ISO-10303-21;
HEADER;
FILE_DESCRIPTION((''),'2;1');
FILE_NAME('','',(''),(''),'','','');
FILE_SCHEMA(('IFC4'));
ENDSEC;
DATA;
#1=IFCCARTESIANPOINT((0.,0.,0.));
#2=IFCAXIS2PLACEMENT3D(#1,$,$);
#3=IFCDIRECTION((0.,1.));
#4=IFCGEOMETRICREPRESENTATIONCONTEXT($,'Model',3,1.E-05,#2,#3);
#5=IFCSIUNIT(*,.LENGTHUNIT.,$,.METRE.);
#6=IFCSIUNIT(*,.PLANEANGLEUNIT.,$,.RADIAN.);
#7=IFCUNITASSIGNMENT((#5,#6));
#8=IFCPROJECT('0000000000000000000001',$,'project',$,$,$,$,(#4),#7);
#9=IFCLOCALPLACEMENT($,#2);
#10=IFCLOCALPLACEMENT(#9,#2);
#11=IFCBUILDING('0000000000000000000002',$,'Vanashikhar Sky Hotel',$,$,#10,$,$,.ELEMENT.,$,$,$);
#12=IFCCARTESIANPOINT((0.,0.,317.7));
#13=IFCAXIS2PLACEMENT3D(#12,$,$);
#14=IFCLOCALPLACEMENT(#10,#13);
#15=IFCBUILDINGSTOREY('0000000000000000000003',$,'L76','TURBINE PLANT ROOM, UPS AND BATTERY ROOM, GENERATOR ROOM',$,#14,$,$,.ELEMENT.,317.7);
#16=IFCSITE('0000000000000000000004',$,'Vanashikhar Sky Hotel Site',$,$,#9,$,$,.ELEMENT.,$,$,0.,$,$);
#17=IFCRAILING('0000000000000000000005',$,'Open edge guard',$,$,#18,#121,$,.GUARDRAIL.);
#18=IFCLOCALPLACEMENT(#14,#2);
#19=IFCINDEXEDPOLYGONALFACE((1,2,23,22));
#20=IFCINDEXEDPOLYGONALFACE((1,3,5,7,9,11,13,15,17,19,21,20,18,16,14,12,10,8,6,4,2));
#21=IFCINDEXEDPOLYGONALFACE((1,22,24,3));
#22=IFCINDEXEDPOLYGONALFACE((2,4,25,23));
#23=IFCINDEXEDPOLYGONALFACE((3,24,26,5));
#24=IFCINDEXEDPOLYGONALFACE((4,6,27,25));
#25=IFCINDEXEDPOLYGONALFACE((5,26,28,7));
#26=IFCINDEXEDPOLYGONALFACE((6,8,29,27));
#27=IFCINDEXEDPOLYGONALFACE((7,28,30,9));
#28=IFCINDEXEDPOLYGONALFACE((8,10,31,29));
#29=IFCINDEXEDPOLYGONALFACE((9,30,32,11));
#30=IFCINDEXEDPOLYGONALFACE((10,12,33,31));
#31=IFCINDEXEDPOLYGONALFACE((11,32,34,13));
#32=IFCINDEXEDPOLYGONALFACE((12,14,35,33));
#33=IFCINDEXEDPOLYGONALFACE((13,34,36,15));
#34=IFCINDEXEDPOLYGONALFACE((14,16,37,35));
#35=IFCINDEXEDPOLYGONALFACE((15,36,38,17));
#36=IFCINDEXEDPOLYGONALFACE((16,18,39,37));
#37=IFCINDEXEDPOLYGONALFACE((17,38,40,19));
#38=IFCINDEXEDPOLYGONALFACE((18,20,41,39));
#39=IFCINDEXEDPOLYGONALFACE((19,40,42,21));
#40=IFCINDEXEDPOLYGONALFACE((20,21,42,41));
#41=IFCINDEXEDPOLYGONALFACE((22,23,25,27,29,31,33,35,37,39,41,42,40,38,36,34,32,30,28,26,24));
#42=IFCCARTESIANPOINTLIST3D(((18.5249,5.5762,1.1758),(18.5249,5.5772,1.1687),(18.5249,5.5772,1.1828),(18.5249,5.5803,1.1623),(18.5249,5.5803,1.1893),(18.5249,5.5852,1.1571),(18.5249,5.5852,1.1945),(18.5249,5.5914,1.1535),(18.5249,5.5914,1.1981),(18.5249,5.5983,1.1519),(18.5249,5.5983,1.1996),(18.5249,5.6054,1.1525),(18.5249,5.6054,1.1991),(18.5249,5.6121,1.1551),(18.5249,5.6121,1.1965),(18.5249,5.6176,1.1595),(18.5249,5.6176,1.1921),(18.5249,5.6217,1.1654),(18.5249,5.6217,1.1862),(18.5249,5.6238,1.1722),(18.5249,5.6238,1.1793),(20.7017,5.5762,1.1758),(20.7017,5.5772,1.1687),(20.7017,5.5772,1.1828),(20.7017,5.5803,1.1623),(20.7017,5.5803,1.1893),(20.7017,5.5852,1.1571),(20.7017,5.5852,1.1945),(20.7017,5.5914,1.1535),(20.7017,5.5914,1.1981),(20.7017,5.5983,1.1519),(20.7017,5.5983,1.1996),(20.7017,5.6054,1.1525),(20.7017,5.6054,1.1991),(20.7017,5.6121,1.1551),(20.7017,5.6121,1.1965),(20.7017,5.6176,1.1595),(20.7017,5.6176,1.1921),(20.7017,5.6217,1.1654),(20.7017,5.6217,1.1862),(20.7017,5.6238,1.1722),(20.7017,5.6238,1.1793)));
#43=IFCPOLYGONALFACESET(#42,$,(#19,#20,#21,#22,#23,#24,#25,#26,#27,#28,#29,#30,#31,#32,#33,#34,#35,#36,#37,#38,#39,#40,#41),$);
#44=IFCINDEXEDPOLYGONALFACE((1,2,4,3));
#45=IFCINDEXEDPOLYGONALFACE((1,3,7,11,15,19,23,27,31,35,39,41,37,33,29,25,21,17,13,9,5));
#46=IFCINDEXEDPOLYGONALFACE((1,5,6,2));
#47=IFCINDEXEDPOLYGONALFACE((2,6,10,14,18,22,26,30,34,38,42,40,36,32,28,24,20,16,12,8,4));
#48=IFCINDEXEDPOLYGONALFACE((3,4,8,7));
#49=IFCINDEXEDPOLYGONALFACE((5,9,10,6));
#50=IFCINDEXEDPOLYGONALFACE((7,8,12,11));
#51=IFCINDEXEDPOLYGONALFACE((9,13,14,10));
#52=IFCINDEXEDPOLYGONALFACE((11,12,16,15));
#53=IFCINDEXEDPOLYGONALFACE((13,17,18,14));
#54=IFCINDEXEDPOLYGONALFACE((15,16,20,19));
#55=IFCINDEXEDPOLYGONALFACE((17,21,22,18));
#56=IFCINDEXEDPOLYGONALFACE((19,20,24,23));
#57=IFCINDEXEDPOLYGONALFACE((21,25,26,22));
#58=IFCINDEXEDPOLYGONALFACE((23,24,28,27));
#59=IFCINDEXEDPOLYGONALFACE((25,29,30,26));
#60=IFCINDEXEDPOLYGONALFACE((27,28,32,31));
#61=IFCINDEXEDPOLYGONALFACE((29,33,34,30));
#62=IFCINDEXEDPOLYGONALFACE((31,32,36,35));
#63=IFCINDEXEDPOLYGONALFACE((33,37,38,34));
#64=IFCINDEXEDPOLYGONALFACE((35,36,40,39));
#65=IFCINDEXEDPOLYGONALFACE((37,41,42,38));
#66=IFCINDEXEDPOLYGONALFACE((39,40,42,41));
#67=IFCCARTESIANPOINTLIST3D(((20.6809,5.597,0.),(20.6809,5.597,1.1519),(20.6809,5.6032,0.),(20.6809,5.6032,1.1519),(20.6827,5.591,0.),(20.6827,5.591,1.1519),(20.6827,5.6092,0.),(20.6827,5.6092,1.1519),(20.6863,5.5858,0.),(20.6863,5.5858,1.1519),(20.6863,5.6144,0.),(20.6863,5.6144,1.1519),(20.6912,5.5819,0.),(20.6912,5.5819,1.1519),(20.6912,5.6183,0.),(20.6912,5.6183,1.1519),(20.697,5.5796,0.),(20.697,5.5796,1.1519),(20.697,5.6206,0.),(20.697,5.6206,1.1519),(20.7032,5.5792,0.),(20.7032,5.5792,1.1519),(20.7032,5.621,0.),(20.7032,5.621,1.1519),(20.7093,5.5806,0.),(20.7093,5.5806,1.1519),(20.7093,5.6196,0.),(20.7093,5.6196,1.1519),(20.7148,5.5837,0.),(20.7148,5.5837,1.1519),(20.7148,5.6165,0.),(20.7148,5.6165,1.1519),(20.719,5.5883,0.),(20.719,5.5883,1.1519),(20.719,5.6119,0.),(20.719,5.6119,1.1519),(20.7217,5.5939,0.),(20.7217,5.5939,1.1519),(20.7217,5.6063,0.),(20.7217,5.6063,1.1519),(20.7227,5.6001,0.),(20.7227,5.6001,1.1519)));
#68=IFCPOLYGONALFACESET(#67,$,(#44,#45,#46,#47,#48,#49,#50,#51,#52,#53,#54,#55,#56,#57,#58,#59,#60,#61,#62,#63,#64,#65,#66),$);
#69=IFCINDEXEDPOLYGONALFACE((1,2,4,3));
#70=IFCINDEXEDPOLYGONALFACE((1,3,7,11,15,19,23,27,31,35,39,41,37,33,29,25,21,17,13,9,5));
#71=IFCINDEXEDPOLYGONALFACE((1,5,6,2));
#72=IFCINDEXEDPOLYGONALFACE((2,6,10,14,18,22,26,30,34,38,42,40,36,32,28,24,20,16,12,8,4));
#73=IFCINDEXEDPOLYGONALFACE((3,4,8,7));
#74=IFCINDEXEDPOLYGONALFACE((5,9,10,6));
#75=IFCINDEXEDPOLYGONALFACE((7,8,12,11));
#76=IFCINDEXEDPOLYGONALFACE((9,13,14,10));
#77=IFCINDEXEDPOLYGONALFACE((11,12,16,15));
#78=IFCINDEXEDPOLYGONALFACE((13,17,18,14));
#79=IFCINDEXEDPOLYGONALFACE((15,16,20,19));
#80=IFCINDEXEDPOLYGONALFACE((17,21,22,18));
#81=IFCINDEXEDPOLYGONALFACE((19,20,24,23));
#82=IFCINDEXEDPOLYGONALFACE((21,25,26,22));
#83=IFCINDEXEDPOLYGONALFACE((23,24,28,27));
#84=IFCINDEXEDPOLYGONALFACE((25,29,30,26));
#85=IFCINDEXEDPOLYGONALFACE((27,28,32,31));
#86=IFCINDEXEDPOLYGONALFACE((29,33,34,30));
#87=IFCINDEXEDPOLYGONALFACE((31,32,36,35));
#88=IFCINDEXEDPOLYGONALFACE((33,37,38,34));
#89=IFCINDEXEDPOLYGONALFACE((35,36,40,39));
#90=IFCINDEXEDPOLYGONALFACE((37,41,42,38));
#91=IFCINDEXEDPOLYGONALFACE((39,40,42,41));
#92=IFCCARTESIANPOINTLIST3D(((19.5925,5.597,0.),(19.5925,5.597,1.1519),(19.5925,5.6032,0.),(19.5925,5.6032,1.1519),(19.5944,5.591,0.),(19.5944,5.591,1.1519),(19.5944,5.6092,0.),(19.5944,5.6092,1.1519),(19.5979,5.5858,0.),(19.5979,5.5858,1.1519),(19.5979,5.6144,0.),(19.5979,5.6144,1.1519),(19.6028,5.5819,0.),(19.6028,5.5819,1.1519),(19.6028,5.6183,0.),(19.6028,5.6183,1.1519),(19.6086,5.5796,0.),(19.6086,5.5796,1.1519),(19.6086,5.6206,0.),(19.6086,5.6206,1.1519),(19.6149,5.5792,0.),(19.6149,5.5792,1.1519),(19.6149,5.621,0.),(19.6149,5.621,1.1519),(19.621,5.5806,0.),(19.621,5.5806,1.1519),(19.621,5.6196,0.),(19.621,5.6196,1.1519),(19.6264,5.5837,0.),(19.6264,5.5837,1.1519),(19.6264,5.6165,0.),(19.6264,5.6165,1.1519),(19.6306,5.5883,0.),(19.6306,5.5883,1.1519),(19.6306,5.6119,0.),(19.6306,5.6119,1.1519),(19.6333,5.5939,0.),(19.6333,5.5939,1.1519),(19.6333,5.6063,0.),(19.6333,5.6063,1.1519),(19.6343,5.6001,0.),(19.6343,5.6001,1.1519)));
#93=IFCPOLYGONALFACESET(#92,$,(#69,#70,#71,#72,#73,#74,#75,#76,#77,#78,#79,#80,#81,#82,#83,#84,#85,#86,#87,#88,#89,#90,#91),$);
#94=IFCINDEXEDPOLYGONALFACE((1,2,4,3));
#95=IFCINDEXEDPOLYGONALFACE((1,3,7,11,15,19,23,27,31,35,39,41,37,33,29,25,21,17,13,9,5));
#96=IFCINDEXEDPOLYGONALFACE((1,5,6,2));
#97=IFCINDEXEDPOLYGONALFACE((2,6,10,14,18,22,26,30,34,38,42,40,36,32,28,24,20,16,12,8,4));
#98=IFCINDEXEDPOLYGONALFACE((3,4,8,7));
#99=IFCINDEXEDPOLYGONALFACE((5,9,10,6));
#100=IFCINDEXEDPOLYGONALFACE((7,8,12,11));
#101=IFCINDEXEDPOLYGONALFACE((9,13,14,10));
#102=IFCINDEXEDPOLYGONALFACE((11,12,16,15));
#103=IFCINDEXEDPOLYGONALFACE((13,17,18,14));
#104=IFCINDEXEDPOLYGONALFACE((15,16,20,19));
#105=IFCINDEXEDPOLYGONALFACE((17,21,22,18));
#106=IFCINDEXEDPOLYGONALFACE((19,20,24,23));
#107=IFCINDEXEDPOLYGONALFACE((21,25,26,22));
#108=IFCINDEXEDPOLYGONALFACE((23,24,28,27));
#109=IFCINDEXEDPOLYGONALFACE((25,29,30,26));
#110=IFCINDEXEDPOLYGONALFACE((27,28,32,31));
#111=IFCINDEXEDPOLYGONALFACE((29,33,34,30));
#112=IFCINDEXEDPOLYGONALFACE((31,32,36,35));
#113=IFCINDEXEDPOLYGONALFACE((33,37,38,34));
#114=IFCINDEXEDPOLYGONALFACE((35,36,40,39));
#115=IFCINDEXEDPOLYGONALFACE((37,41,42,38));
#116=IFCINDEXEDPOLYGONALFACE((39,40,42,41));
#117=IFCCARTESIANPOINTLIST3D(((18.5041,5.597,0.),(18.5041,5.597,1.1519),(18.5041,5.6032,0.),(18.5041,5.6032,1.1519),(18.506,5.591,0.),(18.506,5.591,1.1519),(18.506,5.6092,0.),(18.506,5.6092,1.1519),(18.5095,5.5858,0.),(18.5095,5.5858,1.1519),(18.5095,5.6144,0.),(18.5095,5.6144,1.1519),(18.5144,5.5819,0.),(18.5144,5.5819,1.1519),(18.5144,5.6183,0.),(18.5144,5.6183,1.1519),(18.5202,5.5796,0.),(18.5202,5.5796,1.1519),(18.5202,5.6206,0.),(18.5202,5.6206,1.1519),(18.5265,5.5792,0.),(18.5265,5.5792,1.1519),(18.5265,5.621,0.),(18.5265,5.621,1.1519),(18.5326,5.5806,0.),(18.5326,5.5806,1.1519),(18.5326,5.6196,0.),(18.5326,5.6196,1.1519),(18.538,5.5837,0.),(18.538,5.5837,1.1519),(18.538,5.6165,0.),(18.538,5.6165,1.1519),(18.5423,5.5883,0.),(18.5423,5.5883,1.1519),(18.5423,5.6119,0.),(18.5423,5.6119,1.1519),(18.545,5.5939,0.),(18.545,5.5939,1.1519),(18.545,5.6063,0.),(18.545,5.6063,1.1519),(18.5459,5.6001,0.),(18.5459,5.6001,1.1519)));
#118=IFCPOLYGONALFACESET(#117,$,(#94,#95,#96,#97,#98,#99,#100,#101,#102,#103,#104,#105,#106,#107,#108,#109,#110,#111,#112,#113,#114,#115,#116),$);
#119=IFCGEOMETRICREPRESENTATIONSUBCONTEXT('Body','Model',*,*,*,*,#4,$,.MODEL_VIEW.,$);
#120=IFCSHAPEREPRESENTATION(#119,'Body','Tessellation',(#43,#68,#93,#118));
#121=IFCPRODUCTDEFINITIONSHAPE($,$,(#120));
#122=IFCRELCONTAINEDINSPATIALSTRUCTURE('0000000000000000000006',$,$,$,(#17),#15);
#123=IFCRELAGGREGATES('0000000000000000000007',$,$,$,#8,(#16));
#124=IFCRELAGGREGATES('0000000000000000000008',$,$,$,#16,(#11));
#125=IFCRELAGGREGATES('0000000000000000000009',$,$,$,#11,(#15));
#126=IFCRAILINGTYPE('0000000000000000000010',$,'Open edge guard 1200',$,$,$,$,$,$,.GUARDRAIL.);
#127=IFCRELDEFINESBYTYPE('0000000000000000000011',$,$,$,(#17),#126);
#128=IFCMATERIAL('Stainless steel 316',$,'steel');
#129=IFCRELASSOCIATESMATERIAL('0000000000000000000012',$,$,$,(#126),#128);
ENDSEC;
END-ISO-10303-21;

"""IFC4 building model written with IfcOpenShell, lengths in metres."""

from ifc_helpers import new_model, si_unit, direction, frame, origin, origin_2d, place, context, subcontext, project, spatial, circle, extrude, source, transform, mapped, material, type_object, element, save


model = new_model("IFC4")

# Units and contexts
model_context = context("Model", 3, precision=1e-05, world=origin(), true_north=direction((0.0, 1.0)))
body_context = subcontext(model_context, "Body", "Model", "MODEL_VIEW")
ifc_project = project(units=[si_unit("LENGTHUNIT", "METRE"), si_unit("PLANEANGLEUNIT", "RADIAN")], contexts=[model_context])

# Site, building, storey
site_placement = place(None, origin())
site = spatial("IfcSite", under=ifc_project, at=site_placement, Name="Vanashikhar Sky Hotel Site", CompositionType="ELEMENT", RefElevation=0.0)
building_placement = place(site_placement, origin())
building = spatial("IfcBuilding", under=site, at=building_placement, Name="Vanashikhar Sky Hotel", CompositionType="ELEMENT")
storey_placement = place(building_placement, frame((0.0, 0.0, 317.7)))
storey = spatial("IfcBuildingStorey", under=building, at=storey_placement, Name="L76", Description="TURBINE PLANT ROOM, UPS AND BATTERY ROOM, GENERATOR ROOM", CompositionType="ELEMENT", Elevation=317.7)

# Railing
ifc_material_1 = material(Name="Stainless steel 316", Category="steel")
railing_type = type_object("IfcRailingType", Name="Open edge guard 1200", PredefinedType="GUARDRAIL", material=ifc_material_1)
shared_shape_1 = source(origin(), body_context, "Body", "SweptSolid", [
    extrude(circle(Radius=0.0239, at=origin_2d()), frame((0.0, 0.0, 1.1758), z_axis=(-1.0, 0.0, 0.0), x_axis=(0.0, -1.0, 0.0)), (0.0, 0.0, 1.0), 2.1768),
    extrude(circle(Radius=0.021, at=origin_2d()), origin(), (0.0, 0.0, 1.0), 1.1519),
    extrude(circle(Radius=0.021, at=origin_2d()), frame((-1.0884, 0.0, 0.0)), (0.0, 0.0, 1.0), 1.1519),
    extrude(circle(Radius=0.021, at=origin_2d()), frame((-2.1768, 0.0, 0.0)), (0.0, 0.0, 1.0), 1.1519),
])
for number, where, name in (
    (1, (20.7017, 5.6001, 0.0), "Open edge guard"),
):
    element("IfcRailing", number, at=place(storey_placement, frame(where)), inside=storey, type_object=railing_type, Name=name, PredefinedType="GUARDRAIL", context=body_context, shape_type="MappedRepresentation", body=[
        mapped(shared_shape_1, transform((0.0, 0.0, 0.0), scale=1.0)),
    ])

save(model, "model.ifc")
